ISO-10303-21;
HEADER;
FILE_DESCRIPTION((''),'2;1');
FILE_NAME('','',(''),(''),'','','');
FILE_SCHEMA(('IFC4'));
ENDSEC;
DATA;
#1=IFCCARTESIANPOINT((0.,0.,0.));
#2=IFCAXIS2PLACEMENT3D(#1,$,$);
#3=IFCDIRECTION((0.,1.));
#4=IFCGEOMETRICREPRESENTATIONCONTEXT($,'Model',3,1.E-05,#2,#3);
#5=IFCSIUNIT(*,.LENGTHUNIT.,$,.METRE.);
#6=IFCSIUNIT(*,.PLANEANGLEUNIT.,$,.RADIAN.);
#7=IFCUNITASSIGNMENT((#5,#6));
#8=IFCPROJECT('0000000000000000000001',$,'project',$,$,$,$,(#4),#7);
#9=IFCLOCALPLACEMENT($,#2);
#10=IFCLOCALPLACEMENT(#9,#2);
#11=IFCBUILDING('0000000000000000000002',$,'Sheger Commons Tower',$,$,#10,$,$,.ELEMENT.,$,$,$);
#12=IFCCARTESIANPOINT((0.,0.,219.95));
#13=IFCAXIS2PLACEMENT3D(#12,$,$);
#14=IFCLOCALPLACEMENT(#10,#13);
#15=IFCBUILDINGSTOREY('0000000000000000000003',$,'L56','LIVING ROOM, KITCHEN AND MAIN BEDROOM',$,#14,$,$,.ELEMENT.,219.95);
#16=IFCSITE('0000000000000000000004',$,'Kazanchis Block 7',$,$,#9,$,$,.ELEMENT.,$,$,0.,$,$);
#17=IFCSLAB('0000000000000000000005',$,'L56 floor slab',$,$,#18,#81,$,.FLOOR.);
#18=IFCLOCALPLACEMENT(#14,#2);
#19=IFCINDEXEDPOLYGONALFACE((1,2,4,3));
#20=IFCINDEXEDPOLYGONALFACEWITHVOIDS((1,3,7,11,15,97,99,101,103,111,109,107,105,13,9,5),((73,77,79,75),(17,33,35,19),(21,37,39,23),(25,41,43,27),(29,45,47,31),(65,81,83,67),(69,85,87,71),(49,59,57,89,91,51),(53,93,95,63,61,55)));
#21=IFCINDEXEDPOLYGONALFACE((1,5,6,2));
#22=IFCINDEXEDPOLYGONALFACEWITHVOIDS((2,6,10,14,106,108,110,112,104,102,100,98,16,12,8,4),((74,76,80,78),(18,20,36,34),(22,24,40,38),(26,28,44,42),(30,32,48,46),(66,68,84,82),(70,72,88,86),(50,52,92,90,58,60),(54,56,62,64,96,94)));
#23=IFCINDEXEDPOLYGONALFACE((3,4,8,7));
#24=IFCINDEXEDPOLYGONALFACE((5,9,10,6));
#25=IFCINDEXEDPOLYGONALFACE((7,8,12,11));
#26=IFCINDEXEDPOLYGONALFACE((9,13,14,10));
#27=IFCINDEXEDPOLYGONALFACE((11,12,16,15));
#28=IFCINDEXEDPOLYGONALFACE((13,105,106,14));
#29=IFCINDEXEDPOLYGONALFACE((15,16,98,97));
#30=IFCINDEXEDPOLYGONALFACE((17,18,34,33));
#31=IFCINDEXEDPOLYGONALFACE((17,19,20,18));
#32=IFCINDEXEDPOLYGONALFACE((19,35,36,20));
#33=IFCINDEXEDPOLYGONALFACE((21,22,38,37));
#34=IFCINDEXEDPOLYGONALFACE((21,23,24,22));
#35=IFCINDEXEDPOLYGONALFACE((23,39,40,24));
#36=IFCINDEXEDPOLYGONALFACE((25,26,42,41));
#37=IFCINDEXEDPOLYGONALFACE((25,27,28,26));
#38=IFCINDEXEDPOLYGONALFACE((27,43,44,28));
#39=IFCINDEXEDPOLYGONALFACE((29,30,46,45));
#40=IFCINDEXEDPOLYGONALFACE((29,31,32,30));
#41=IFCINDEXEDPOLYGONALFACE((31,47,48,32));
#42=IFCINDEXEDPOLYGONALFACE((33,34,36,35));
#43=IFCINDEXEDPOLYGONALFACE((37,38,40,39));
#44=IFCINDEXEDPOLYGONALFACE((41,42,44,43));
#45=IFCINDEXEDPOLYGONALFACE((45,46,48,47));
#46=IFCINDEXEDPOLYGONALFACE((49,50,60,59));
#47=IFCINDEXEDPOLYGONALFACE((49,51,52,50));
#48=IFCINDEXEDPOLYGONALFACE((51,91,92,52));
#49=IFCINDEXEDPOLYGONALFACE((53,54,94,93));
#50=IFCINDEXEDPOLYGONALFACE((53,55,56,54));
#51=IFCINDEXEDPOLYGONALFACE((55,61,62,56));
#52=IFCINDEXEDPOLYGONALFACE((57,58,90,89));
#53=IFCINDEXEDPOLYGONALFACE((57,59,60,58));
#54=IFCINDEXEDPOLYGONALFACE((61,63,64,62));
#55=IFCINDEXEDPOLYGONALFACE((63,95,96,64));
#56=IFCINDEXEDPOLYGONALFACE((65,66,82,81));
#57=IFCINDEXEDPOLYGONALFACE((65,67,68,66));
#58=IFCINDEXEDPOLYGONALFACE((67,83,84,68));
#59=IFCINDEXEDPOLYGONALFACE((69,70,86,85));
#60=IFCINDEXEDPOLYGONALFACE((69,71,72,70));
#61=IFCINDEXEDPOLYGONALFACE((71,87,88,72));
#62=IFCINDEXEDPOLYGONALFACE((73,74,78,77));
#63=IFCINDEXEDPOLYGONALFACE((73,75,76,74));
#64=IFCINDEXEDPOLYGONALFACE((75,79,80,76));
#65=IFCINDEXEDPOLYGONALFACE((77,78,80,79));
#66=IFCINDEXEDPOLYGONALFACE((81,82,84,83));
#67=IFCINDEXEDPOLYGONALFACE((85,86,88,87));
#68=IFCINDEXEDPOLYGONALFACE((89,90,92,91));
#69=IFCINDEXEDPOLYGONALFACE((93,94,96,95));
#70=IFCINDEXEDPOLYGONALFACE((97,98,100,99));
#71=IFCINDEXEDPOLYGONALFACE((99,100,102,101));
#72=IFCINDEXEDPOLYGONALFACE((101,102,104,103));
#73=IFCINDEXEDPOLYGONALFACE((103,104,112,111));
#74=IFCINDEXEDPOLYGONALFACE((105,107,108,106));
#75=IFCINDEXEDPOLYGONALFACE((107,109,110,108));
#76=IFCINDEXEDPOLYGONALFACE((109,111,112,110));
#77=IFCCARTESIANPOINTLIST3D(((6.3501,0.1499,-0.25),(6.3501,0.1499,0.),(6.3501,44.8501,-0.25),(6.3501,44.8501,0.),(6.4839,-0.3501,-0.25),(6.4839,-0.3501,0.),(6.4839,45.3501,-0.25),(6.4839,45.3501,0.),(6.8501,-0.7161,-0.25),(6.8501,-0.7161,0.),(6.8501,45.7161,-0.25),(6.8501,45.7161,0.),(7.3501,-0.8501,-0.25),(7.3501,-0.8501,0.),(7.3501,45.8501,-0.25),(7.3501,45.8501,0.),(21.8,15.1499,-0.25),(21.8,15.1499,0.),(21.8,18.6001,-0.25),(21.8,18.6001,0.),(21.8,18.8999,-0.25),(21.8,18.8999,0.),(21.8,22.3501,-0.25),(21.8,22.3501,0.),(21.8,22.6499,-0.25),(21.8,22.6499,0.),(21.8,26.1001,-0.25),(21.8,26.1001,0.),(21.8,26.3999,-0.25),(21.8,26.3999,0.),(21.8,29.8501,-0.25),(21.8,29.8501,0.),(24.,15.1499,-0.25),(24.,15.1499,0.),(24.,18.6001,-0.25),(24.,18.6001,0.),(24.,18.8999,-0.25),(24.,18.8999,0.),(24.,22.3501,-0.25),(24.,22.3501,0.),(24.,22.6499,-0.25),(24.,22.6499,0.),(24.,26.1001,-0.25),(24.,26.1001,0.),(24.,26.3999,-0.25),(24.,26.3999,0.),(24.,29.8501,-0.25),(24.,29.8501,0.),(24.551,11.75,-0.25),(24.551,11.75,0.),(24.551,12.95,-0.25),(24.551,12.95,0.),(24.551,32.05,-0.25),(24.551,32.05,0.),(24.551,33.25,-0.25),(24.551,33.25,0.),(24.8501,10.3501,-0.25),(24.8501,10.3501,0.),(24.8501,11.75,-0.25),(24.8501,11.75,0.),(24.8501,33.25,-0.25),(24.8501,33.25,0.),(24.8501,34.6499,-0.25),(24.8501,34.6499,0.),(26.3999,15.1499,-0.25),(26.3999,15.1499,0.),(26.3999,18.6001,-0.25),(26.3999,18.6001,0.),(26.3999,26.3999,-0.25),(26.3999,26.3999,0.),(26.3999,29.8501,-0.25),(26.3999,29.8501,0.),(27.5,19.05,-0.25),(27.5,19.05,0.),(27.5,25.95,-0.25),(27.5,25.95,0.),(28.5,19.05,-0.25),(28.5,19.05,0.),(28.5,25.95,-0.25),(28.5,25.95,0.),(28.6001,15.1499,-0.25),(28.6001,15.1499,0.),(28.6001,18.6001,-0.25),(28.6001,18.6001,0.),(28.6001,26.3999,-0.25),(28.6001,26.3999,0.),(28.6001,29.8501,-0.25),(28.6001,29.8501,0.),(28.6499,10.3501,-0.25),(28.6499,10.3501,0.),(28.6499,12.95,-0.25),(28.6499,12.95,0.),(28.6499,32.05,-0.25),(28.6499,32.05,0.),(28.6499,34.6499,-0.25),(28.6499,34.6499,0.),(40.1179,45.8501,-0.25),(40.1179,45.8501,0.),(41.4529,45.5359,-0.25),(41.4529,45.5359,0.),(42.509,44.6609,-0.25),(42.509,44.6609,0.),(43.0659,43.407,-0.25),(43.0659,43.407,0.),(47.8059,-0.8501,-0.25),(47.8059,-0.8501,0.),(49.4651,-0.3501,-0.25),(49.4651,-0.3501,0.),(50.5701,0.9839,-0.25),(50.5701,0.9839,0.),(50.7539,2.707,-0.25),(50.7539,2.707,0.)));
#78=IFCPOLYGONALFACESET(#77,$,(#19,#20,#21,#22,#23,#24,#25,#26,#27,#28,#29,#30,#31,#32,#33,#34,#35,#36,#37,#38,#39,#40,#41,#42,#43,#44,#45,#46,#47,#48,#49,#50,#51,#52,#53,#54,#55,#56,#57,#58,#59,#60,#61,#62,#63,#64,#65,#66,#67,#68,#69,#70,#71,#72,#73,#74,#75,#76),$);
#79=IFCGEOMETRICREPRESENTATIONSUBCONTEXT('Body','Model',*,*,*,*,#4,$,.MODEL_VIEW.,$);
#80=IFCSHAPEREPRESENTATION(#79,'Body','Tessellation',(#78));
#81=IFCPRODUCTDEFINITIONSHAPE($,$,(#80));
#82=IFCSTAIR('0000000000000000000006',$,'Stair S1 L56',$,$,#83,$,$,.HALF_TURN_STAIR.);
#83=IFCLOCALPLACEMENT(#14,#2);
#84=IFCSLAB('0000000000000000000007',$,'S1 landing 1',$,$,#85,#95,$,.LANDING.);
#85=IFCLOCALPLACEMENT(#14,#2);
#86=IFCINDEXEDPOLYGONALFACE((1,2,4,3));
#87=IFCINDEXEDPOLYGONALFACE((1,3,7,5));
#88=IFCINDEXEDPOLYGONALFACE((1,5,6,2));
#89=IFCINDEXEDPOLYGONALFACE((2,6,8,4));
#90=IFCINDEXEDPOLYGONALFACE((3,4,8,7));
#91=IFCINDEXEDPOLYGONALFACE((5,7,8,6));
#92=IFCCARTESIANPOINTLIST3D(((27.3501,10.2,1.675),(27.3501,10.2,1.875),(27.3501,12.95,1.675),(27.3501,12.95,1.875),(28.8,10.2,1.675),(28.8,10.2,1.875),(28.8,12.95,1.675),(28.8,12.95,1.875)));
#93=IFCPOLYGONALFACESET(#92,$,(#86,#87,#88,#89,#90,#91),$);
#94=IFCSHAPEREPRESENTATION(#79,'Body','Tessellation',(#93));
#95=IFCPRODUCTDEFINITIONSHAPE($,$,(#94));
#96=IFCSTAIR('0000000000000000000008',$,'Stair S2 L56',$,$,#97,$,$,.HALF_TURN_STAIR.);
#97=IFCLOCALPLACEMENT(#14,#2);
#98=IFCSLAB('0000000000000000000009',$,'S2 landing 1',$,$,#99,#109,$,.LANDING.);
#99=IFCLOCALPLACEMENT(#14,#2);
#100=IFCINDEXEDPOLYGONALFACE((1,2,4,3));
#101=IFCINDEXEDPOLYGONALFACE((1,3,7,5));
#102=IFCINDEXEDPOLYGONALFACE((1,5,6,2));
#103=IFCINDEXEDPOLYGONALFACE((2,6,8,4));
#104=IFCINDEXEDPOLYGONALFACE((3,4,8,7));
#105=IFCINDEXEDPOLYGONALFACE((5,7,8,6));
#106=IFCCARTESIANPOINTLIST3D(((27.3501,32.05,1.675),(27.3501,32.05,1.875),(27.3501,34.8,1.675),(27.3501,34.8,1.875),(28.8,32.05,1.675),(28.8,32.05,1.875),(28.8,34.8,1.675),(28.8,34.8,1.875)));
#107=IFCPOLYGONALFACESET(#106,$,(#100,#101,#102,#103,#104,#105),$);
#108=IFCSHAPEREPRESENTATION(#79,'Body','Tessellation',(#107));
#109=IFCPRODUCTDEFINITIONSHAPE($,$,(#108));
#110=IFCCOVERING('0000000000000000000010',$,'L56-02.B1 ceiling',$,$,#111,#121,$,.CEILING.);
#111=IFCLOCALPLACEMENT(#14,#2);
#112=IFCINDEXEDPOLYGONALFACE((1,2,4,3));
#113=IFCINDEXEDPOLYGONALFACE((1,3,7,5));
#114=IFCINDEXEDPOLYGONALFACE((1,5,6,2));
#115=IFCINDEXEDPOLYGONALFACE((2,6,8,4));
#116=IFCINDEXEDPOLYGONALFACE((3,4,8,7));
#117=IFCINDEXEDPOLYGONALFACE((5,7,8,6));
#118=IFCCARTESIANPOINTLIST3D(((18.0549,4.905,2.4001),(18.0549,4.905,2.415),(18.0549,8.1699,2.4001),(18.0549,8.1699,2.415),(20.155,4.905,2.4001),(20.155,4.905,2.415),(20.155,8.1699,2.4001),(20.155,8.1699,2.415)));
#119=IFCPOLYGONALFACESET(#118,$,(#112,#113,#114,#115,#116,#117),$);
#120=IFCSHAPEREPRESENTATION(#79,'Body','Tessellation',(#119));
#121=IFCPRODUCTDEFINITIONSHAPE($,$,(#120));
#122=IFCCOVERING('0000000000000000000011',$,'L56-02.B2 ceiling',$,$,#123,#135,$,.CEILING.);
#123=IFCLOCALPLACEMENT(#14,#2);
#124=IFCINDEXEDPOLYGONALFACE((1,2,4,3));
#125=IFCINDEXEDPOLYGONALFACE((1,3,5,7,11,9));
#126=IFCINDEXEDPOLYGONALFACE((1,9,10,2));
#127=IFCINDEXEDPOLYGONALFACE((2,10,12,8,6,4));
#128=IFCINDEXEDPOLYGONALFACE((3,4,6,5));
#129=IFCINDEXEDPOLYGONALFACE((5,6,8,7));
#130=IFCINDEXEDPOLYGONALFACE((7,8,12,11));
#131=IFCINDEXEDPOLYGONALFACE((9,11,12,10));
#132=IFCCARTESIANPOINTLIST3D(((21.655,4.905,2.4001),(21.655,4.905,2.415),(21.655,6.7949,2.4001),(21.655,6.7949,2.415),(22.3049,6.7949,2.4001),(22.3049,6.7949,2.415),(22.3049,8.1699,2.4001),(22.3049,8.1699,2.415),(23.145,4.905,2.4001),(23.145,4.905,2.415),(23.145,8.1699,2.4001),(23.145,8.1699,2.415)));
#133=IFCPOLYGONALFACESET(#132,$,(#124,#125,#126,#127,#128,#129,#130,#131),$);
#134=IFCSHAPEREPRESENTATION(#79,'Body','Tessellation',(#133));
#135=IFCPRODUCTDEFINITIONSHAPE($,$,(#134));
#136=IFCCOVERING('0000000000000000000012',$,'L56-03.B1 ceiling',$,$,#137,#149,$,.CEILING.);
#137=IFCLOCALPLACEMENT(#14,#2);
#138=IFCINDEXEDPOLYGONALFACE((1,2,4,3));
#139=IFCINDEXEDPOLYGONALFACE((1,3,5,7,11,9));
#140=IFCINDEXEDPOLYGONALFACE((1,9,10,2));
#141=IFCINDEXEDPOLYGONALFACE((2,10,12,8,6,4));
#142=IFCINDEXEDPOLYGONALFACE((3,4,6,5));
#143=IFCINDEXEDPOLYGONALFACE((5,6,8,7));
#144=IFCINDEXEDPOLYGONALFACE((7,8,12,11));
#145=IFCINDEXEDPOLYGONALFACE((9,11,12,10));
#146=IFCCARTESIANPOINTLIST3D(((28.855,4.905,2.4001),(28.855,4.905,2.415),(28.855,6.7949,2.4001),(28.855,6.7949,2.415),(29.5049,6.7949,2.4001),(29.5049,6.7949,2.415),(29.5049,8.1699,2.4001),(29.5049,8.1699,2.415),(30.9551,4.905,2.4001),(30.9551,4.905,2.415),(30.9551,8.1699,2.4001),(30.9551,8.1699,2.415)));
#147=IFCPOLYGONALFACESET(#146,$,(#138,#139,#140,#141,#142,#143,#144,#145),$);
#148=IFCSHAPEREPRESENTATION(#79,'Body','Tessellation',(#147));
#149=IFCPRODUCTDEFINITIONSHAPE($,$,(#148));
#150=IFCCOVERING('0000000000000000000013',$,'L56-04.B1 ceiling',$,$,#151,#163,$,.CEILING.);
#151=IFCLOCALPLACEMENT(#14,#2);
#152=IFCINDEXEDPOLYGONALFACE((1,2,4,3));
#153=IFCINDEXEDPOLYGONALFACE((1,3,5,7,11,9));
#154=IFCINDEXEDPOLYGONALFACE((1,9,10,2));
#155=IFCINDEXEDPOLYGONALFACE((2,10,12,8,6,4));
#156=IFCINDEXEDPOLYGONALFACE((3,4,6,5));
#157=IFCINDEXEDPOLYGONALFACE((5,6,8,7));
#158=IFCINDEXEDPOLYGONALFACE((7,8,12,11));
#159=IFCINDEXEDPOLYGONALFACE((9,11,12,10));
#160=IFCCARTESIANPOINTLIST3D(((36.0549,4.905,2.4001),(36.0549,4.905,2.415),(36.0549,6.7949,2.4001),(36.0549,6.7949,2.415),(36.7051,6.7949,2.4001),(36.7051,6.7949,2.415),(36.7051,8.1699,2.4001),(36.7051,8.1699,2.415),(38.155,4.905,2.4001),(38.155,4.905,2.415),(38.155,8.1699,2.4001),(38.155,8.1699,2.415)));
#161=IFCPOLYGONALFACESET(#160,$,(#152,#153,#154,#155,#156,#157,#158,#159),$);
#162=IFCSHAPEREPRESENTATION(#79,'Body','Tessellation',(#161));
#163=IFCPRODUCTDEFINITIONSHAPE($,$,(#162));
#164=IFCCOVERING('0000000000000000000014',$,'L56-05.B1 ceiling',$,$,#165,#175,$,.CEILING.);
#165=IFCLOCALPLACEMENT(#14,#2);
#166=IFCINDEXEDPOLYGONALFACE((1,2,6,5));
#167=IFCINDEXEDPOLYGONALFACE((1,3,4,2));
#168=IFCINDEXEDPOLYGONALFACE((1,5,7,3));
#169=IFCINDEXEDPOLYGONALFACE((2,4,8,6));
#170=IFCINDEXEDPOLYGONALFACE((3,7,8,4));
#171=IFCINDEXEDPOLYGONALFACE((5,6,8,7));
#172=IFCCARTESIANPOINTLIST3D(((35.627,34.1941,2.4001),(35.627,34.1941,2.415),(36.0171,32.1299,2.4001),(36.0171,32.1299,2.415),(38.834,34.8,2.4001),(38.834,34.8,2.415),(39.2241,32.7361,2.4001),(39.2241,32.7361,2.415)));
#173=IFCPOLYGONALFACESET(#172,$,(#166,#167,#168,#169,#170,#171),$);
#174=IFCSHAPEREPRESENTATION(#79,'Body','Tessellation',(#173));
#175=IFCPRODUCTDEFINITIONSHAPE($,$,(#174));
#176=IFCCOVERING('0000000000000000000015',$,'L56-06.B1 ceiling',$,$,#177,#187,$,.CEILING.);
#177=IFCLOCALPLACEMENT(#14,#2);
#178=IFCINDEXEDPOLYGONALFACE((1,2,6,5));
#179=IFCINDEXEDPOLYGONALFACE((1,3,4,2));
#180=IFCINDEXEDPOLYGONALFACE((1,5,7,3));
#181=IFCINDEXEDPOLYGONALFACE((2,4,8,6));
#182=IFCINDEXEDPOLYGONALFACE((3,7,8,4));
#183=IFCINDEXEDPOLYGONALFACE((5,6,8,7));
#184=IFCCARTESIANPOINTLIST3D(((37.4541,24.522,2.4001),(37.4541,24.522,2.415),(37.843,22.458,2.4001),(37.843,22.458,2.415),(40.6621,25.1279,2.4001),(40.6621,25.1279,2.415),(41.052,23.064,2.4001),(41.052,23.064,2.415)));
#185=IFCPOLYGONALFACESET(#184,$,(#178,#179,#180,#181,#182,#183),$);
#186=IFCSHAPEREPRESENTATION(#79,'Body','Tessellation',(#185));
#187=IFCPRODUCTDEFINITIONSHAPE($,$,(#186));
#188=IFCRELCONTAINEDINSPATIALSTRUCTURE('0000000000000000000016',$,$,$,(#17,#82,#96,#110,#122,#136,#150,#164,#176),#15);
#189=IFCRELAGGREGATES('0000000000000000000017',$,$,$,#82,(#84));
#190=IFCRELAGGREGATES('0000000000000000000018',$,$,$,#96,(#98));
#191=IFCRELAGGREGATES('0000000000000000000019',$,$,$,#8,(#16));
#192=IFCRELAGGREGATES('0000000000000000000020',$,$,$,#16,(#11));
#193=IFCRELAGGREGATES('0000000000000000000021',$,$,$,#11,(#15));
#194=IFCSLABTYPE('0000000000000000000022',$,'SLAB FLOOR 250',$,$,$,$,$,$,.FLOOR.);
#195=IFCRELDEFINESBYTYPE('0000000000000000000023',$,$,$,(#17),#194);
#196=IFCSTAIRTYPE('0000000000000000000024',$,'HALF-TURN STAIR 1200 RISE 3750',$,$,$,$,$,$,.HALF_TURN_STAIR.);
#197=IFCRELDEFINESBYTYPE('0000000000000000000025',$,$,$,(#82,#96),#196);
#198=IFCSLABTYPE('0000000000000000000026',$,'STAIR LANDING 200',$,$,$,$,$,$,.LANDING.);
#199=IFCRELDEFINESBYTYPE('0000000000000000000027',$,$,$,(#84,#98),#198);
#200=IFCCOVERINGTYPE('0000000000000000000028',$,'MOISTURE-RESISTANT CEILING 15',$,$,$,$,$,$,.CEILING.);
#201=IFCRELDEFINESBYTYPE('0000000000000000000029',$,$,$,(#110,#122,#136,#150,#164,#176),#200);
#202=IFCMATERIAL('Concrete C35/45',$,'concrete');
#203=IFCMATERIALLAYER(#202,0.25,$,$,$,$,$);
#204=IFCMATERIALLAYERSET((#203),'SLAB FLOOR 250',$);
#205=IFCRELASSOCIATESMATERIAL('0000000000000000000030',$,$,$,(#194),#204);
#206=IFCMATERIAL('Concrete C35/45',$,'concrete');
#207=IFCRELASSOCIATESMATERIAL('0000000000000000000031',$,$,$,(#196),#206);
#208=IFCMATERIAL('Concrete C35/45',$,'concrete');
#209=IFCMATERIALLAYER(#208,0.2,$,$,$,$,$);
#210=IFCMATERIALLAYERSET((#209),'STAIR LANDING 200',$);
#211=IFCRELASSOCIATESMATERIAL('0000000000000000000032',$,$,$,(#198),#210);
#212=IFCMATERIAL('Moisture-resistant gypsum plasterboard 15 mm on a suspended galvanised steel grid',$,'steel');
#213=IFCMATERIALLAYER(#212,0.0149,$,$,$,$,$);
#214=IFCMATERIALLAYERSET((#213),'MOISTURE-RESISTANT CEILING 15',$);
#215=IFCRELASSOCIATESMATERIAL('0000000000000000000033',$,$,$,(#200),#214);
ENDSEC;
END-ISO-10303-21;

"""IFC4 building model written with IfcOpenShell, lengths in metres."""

from ifc_helpers import new_model, si_unit, direction, frame, origin, place, context, subcontext, project, spatial, polyline, outline, extrude, material, layer, layer_set, type_object, element, aggregate, save


model = new_model("IFC4")

# Units and contexts
model_context = context("Model", 3, precision=1e-05, world=origin(), true_north=direction((0.0, 1.0)))
body_context = subcontext(model_context, "Body", "Model", "MODEL_VIEW")
ifc_project = project(units=[si_unit("LENGTHUNIT", "METRE"), si_unit("PLANEANGLEUNIT", "RADIAN")], contexts=[model_context])

# Site, building, storey
site_placement = place(None, origin())
site = spatial("IfcSite", under=ifc_project, at=site_placement, Name="Kazanchis Block 7", CompositionType="ELEMENT", RefElevation=0.0)
building_placement = place(site_placement, origin())
building = spatial("IfcBuilding", under=site, at=building_placement, Name="Sheger Commons Tower", CompositionType="ELEMENT")
storey_placement = place(building_placement, frame((0.0, 0.0, 219.95)))
storey = spatial("IfcBuildingStorey", under=building, at=storey_placement, Name="L56", Description="LIVING ROOM, KITCHEN AND MAIN BEDROOM", CompositionType="ELEMENT", Elevation=219.95)

# Slab
ifc_material_1 = material(Name="Concrete C35/45", Category="concrete")
ifc_layer_1 = layer(ifc_material_1, 0.25)
ifc_layer_set_1 = layer_set([ifc_layer_1], Name="SLAB FLOOR 250")
slab_type_1 = type_object("IfcSlabType", Name="SLAB FLOOR 250", PredefinedType="FLOOR", material=ifc_layer_set_1)
slab_1_placement = place(storey_placement, frame((0.0, 0.0, -0.25)))
element("IfcSlab", 1, at=slab_1_placement, inside=storey, type_object=slab_type_1, Name="L56 floor slab", PredefinedType="FLOOR", context=body_context, shape_type="SweptSolid", body=[
    extrude(outline(polyline([(6.3501, 0.1499), (6.4839, -0.3501), (6.8501, -0.7161), (7.3501, -0.8501), (47.8059, -0.8501), (49.4651, -0.3501), (50.5701, 0.9839), (50.7539, 2.707), (43.0659, 43.407), (42.509, 44.6609), (41.4529, 45.5359), (40.1179, 45.8501), (7.3501, 45.8501), (6.8501, 45.7161), (6.4839, 45.3501), (6.3501, 44.8501), (6.3501, 0.1499)]), holes=[polyline([(24.8501, 10.3501), (28.6499, 10.3501), (28.6499, 12.95), (24.551, 12.95), (24.551, 11.75), (24.8501, 11.75), (24.8501, 10.3501)]), polyline([(24.551, 32.05), (28.6499, 32.05), (28.6499, 34.6499), (24.8501, 34.6499), (24.8501, 33.25), (24.551, 33.25), (24.551, 32.05)]), polyline([(26.3999, 15.1499), (28.6001, 15.1499), (28.6001, 18.6001), (26.3999, 18.6001), (26.3999, 15.1499)]), polyline([(26.3999, 26.3999), (28.6001, 26.3999), (28.6001, 29.8501), (26.3999, 29.8501), (26.3999, 26.3999)]), polyline([(21.8, 15.1499), (24.0, 15.1499), (24.0, 18.6001), (21.8, 18.6001), (21.8, 15.1499)]), polyline([(21.8, 18.8999), (24.0, 18.8999), (24.0, 22.3501), (21.8, 22.3501), (21.8, 18.8999)]), polyline([(21.8, 22.6499), (24.0, 22.6499), (24.0, 26.1001), (21.8, 26.1001), (21.8, 22.6499)]), polyline([(21.8, 26.3999), (24.0, 26.3999), (24.0, 29.8501), (21.8, 29.8501), (21.8, 26.3999)]), polyline([(27.5, 19.05), (28.5, 19.05), (28.5, 25.95), (27.5, 25.95), (27.5, 19.05)])]), origin(), (0.0, 0.0, 1.0), 0.25),
])

# Stairs, slabs
ifc_material_2 = material(Name="Concrete C35/45", Category="concrete")
stair_type = type_object("IfcStairType", Name="HALF-TURN STAIR 1200 RISE 3750", PredefinedType="HALF_TURN_STAIR", material=ifc_material_2)
stair_1_placement = place(storey_placement, origin())
stair_1 = element("IfcStair", 2, at=stair_1_placement, inside=storey, type_object=stair_type, Name="Stair S1 L56", PredefinedType="HALF_TURN_STAIR")
ifc_material_3 = material(Name="Concrete C35/45", Category="concrete")
ifc_layer_2 = layer(ifc_material_3, 0.2)
ifc_layer_set_2 = layer_set([ifc_layer_2], Name="STAIR LANDING 200")
slab_type_2 = type_object("IfcSlabType", Name="STAIR LANDING 200", PredefinedType="LANDING", material=ifc_layer_set_2)
slab_2_placement = place(storey_placement, frame((0.0, 0.0, 1.675)))
slab_2 = element("IfcSlab", 3, at=slab_2_placement, type_object=slab_type_2, Name="S1 landing 1", PredefinedType="LANDING", context=body_context, shape_type="SweptSolid", body=[
    extrude(outline(polyline([(27.3501, 10.2), (28.8, 10.2), (28.8, 12.95), (27.3501, 12.95), (27.3501, 10.2)])), origin(), (0.0, 0.0, 1.0), 0.2),
])
aggregate(stair_1, [slab_2])
stair_2_placement = place(storey_placement, origin())
stair_2 = element("IfcStair", 4, at=stair_2_placement, inside=storey, type_object=stair_type, Name="Stair S2 L56", PredefinedType="HALF_TURN_STAIR")
slab_3_placement = place(storey_placement, frame((0.0, 0.0, 1.675)))
slab_3 = element("IfcSlab", 5, at=slab_3_placement, type_object=slab_type_2, Name="S2 landing 1", PredefinedType="LANDING", context=body_context, shape_type="SweptSolid", body=[
    extrude(outline(polyline([(27.3501, 32.05), (28.8, 32.05), (28.8, 34.8), (27.3501, 34.8), (27.3501, 32.05)])), origin(), (0.0, 0.0, 1.0), 0.2),
])
aggregate(stair_2, [slab_3])

# Coverings
ifc_material_4 = material(Name="Moisture-resistant gypsum plasterboard 15 mm on a suspended galvanised steel grid", Category="steel")
ifc_layer_3 = layer(ifc_material_4, 0.0149)
ifc_layer_set_3 = layer_set([ifc_layer_3], Name="MOISTURE-RESISTANT CEILING 15")
covering_type_1 = type_object("IfcCoveringType", Name="MOISTURE-RESISTANT CEILING 15", PredefinedType="CEILING", material=ifc_layer_set_3)
covering_1_placement = place(storey_placement, frame((0.0, 0.0, 2.4001)))
element("IfcCovering", 6, at=covering_1_placement, inside=storey, type_object=covering_type_1, Name="L56-02.B1 ceiling", PredefinedType="CEILING", context=body_context, shape_type="SweptSolid", body=[
    extrude(outline(polyline([(18.0549, 4.905), (20.155, 4.905), (20.155, 8.1699), (18.0549, 8.1699), (18.0549, 4.905)])), origin(), (0.0, 0.0, 1.0), 0.0149),
])
covering_2_placement = place(storey_placement, frame((0.0, 0.0, 2.4001)))
element("IfcCovering", 7, at=covering_2_placement, inside=storey, type_object=covering_type_1, Name="L56-02.B2 ceiling", PredefinedType="CEILING", context=body_context, shape_type="SweptSolid", body=[
    extrude(outline(polyline([(21.655, 4.905), (23.145, 4.905), (23.145, 8.1699), (22.3049, 8.1699), (22.3049, 6.7949), (21.655, 6.7949), (21.655, 4.905)])), origin(), (0.0, 0.0, 1.0), 0.0149),
])
covering_3_placement = place(storey_placement, frame((0.0, 0.0, 2.4001)))
element("IfcCovering", 8, at=covering_3_placement, inside=storey, type_object=covering_type_1, Name="L56-03.B1 ceiling", PredefinedType="CEILING", context=body_context, shape_type="SweptSolid", body=[
    extrude(outline(polyline([(28.855, 4.905), (30.9551, 4.905), (30.9551, 8.1699), (29.5049, 8.1699), (29.5049, 6.7949), (28.855, 6.7949), (28.855, 4.905)])), origin(), (0.0, 0.0, 1.0), 0.0149),
])
covering_4_placement = place(storey_placement, frame((0.0, 0.0, 2.4001)))
element("IfcCovering", 9, at=covering_4_placement, inside=storey, type_object=covering_type_1, Name="L56-04.B1 ceiling", PredefinedType="CEILING", context=body_context, shape_type="SweptSolid", body=[
    extrude(outline(polyline([(36.0549, 4.905), (38.155, 4.905), (38.155, 8.1699), (36.7051, 8.1699), (36.7051, 6.7949), (36.0549, 6.7949), (36.0549, 4.905)])), origin(), (0.0, 0.0, 1.0), 0.0149),
])
covering_5_placement = place(storey_placement, frame((0.0, 0.0, 2.4001)))
element("IfcCovering", 10, at=covering_5_placement, inside=storey, type_object=covering_type_1, Name="L56-05.B1 ceiling", PredefinedType="CEILING", context=body_context, shape_type="SweptSolid", body=[
    extrude(outline(polyline([(36.0171, 32.1299), (39.2241, 32.7361), (38.834, 34.8), (35.627, 34.1941), (36.0171, 32.1299)])), origin(), (0.0, 0.0, 1.0), 0.0149),
])
covering_6_placement = place(storey_placement, frame((0.0, 0.0, 2.4001)))
element("IfcCovering", 11, at=covering_6_placement, inside=storey, type_object=covering_type_1, Name="L56-06.B1 ceiling", PredefinedType="CEILING", context=body_context, shape_type="SweptSolid", body=[
    extrude(outline(polyline([(37.843, 22.458), (41.052, 23.064), (40.6621, 25.1279), (37.4541, 24.522), (37.843, 22.458)])), origin(), (0.0, 0.0, 1.0), 0.0149),
])

save(model, "model.ifc")
